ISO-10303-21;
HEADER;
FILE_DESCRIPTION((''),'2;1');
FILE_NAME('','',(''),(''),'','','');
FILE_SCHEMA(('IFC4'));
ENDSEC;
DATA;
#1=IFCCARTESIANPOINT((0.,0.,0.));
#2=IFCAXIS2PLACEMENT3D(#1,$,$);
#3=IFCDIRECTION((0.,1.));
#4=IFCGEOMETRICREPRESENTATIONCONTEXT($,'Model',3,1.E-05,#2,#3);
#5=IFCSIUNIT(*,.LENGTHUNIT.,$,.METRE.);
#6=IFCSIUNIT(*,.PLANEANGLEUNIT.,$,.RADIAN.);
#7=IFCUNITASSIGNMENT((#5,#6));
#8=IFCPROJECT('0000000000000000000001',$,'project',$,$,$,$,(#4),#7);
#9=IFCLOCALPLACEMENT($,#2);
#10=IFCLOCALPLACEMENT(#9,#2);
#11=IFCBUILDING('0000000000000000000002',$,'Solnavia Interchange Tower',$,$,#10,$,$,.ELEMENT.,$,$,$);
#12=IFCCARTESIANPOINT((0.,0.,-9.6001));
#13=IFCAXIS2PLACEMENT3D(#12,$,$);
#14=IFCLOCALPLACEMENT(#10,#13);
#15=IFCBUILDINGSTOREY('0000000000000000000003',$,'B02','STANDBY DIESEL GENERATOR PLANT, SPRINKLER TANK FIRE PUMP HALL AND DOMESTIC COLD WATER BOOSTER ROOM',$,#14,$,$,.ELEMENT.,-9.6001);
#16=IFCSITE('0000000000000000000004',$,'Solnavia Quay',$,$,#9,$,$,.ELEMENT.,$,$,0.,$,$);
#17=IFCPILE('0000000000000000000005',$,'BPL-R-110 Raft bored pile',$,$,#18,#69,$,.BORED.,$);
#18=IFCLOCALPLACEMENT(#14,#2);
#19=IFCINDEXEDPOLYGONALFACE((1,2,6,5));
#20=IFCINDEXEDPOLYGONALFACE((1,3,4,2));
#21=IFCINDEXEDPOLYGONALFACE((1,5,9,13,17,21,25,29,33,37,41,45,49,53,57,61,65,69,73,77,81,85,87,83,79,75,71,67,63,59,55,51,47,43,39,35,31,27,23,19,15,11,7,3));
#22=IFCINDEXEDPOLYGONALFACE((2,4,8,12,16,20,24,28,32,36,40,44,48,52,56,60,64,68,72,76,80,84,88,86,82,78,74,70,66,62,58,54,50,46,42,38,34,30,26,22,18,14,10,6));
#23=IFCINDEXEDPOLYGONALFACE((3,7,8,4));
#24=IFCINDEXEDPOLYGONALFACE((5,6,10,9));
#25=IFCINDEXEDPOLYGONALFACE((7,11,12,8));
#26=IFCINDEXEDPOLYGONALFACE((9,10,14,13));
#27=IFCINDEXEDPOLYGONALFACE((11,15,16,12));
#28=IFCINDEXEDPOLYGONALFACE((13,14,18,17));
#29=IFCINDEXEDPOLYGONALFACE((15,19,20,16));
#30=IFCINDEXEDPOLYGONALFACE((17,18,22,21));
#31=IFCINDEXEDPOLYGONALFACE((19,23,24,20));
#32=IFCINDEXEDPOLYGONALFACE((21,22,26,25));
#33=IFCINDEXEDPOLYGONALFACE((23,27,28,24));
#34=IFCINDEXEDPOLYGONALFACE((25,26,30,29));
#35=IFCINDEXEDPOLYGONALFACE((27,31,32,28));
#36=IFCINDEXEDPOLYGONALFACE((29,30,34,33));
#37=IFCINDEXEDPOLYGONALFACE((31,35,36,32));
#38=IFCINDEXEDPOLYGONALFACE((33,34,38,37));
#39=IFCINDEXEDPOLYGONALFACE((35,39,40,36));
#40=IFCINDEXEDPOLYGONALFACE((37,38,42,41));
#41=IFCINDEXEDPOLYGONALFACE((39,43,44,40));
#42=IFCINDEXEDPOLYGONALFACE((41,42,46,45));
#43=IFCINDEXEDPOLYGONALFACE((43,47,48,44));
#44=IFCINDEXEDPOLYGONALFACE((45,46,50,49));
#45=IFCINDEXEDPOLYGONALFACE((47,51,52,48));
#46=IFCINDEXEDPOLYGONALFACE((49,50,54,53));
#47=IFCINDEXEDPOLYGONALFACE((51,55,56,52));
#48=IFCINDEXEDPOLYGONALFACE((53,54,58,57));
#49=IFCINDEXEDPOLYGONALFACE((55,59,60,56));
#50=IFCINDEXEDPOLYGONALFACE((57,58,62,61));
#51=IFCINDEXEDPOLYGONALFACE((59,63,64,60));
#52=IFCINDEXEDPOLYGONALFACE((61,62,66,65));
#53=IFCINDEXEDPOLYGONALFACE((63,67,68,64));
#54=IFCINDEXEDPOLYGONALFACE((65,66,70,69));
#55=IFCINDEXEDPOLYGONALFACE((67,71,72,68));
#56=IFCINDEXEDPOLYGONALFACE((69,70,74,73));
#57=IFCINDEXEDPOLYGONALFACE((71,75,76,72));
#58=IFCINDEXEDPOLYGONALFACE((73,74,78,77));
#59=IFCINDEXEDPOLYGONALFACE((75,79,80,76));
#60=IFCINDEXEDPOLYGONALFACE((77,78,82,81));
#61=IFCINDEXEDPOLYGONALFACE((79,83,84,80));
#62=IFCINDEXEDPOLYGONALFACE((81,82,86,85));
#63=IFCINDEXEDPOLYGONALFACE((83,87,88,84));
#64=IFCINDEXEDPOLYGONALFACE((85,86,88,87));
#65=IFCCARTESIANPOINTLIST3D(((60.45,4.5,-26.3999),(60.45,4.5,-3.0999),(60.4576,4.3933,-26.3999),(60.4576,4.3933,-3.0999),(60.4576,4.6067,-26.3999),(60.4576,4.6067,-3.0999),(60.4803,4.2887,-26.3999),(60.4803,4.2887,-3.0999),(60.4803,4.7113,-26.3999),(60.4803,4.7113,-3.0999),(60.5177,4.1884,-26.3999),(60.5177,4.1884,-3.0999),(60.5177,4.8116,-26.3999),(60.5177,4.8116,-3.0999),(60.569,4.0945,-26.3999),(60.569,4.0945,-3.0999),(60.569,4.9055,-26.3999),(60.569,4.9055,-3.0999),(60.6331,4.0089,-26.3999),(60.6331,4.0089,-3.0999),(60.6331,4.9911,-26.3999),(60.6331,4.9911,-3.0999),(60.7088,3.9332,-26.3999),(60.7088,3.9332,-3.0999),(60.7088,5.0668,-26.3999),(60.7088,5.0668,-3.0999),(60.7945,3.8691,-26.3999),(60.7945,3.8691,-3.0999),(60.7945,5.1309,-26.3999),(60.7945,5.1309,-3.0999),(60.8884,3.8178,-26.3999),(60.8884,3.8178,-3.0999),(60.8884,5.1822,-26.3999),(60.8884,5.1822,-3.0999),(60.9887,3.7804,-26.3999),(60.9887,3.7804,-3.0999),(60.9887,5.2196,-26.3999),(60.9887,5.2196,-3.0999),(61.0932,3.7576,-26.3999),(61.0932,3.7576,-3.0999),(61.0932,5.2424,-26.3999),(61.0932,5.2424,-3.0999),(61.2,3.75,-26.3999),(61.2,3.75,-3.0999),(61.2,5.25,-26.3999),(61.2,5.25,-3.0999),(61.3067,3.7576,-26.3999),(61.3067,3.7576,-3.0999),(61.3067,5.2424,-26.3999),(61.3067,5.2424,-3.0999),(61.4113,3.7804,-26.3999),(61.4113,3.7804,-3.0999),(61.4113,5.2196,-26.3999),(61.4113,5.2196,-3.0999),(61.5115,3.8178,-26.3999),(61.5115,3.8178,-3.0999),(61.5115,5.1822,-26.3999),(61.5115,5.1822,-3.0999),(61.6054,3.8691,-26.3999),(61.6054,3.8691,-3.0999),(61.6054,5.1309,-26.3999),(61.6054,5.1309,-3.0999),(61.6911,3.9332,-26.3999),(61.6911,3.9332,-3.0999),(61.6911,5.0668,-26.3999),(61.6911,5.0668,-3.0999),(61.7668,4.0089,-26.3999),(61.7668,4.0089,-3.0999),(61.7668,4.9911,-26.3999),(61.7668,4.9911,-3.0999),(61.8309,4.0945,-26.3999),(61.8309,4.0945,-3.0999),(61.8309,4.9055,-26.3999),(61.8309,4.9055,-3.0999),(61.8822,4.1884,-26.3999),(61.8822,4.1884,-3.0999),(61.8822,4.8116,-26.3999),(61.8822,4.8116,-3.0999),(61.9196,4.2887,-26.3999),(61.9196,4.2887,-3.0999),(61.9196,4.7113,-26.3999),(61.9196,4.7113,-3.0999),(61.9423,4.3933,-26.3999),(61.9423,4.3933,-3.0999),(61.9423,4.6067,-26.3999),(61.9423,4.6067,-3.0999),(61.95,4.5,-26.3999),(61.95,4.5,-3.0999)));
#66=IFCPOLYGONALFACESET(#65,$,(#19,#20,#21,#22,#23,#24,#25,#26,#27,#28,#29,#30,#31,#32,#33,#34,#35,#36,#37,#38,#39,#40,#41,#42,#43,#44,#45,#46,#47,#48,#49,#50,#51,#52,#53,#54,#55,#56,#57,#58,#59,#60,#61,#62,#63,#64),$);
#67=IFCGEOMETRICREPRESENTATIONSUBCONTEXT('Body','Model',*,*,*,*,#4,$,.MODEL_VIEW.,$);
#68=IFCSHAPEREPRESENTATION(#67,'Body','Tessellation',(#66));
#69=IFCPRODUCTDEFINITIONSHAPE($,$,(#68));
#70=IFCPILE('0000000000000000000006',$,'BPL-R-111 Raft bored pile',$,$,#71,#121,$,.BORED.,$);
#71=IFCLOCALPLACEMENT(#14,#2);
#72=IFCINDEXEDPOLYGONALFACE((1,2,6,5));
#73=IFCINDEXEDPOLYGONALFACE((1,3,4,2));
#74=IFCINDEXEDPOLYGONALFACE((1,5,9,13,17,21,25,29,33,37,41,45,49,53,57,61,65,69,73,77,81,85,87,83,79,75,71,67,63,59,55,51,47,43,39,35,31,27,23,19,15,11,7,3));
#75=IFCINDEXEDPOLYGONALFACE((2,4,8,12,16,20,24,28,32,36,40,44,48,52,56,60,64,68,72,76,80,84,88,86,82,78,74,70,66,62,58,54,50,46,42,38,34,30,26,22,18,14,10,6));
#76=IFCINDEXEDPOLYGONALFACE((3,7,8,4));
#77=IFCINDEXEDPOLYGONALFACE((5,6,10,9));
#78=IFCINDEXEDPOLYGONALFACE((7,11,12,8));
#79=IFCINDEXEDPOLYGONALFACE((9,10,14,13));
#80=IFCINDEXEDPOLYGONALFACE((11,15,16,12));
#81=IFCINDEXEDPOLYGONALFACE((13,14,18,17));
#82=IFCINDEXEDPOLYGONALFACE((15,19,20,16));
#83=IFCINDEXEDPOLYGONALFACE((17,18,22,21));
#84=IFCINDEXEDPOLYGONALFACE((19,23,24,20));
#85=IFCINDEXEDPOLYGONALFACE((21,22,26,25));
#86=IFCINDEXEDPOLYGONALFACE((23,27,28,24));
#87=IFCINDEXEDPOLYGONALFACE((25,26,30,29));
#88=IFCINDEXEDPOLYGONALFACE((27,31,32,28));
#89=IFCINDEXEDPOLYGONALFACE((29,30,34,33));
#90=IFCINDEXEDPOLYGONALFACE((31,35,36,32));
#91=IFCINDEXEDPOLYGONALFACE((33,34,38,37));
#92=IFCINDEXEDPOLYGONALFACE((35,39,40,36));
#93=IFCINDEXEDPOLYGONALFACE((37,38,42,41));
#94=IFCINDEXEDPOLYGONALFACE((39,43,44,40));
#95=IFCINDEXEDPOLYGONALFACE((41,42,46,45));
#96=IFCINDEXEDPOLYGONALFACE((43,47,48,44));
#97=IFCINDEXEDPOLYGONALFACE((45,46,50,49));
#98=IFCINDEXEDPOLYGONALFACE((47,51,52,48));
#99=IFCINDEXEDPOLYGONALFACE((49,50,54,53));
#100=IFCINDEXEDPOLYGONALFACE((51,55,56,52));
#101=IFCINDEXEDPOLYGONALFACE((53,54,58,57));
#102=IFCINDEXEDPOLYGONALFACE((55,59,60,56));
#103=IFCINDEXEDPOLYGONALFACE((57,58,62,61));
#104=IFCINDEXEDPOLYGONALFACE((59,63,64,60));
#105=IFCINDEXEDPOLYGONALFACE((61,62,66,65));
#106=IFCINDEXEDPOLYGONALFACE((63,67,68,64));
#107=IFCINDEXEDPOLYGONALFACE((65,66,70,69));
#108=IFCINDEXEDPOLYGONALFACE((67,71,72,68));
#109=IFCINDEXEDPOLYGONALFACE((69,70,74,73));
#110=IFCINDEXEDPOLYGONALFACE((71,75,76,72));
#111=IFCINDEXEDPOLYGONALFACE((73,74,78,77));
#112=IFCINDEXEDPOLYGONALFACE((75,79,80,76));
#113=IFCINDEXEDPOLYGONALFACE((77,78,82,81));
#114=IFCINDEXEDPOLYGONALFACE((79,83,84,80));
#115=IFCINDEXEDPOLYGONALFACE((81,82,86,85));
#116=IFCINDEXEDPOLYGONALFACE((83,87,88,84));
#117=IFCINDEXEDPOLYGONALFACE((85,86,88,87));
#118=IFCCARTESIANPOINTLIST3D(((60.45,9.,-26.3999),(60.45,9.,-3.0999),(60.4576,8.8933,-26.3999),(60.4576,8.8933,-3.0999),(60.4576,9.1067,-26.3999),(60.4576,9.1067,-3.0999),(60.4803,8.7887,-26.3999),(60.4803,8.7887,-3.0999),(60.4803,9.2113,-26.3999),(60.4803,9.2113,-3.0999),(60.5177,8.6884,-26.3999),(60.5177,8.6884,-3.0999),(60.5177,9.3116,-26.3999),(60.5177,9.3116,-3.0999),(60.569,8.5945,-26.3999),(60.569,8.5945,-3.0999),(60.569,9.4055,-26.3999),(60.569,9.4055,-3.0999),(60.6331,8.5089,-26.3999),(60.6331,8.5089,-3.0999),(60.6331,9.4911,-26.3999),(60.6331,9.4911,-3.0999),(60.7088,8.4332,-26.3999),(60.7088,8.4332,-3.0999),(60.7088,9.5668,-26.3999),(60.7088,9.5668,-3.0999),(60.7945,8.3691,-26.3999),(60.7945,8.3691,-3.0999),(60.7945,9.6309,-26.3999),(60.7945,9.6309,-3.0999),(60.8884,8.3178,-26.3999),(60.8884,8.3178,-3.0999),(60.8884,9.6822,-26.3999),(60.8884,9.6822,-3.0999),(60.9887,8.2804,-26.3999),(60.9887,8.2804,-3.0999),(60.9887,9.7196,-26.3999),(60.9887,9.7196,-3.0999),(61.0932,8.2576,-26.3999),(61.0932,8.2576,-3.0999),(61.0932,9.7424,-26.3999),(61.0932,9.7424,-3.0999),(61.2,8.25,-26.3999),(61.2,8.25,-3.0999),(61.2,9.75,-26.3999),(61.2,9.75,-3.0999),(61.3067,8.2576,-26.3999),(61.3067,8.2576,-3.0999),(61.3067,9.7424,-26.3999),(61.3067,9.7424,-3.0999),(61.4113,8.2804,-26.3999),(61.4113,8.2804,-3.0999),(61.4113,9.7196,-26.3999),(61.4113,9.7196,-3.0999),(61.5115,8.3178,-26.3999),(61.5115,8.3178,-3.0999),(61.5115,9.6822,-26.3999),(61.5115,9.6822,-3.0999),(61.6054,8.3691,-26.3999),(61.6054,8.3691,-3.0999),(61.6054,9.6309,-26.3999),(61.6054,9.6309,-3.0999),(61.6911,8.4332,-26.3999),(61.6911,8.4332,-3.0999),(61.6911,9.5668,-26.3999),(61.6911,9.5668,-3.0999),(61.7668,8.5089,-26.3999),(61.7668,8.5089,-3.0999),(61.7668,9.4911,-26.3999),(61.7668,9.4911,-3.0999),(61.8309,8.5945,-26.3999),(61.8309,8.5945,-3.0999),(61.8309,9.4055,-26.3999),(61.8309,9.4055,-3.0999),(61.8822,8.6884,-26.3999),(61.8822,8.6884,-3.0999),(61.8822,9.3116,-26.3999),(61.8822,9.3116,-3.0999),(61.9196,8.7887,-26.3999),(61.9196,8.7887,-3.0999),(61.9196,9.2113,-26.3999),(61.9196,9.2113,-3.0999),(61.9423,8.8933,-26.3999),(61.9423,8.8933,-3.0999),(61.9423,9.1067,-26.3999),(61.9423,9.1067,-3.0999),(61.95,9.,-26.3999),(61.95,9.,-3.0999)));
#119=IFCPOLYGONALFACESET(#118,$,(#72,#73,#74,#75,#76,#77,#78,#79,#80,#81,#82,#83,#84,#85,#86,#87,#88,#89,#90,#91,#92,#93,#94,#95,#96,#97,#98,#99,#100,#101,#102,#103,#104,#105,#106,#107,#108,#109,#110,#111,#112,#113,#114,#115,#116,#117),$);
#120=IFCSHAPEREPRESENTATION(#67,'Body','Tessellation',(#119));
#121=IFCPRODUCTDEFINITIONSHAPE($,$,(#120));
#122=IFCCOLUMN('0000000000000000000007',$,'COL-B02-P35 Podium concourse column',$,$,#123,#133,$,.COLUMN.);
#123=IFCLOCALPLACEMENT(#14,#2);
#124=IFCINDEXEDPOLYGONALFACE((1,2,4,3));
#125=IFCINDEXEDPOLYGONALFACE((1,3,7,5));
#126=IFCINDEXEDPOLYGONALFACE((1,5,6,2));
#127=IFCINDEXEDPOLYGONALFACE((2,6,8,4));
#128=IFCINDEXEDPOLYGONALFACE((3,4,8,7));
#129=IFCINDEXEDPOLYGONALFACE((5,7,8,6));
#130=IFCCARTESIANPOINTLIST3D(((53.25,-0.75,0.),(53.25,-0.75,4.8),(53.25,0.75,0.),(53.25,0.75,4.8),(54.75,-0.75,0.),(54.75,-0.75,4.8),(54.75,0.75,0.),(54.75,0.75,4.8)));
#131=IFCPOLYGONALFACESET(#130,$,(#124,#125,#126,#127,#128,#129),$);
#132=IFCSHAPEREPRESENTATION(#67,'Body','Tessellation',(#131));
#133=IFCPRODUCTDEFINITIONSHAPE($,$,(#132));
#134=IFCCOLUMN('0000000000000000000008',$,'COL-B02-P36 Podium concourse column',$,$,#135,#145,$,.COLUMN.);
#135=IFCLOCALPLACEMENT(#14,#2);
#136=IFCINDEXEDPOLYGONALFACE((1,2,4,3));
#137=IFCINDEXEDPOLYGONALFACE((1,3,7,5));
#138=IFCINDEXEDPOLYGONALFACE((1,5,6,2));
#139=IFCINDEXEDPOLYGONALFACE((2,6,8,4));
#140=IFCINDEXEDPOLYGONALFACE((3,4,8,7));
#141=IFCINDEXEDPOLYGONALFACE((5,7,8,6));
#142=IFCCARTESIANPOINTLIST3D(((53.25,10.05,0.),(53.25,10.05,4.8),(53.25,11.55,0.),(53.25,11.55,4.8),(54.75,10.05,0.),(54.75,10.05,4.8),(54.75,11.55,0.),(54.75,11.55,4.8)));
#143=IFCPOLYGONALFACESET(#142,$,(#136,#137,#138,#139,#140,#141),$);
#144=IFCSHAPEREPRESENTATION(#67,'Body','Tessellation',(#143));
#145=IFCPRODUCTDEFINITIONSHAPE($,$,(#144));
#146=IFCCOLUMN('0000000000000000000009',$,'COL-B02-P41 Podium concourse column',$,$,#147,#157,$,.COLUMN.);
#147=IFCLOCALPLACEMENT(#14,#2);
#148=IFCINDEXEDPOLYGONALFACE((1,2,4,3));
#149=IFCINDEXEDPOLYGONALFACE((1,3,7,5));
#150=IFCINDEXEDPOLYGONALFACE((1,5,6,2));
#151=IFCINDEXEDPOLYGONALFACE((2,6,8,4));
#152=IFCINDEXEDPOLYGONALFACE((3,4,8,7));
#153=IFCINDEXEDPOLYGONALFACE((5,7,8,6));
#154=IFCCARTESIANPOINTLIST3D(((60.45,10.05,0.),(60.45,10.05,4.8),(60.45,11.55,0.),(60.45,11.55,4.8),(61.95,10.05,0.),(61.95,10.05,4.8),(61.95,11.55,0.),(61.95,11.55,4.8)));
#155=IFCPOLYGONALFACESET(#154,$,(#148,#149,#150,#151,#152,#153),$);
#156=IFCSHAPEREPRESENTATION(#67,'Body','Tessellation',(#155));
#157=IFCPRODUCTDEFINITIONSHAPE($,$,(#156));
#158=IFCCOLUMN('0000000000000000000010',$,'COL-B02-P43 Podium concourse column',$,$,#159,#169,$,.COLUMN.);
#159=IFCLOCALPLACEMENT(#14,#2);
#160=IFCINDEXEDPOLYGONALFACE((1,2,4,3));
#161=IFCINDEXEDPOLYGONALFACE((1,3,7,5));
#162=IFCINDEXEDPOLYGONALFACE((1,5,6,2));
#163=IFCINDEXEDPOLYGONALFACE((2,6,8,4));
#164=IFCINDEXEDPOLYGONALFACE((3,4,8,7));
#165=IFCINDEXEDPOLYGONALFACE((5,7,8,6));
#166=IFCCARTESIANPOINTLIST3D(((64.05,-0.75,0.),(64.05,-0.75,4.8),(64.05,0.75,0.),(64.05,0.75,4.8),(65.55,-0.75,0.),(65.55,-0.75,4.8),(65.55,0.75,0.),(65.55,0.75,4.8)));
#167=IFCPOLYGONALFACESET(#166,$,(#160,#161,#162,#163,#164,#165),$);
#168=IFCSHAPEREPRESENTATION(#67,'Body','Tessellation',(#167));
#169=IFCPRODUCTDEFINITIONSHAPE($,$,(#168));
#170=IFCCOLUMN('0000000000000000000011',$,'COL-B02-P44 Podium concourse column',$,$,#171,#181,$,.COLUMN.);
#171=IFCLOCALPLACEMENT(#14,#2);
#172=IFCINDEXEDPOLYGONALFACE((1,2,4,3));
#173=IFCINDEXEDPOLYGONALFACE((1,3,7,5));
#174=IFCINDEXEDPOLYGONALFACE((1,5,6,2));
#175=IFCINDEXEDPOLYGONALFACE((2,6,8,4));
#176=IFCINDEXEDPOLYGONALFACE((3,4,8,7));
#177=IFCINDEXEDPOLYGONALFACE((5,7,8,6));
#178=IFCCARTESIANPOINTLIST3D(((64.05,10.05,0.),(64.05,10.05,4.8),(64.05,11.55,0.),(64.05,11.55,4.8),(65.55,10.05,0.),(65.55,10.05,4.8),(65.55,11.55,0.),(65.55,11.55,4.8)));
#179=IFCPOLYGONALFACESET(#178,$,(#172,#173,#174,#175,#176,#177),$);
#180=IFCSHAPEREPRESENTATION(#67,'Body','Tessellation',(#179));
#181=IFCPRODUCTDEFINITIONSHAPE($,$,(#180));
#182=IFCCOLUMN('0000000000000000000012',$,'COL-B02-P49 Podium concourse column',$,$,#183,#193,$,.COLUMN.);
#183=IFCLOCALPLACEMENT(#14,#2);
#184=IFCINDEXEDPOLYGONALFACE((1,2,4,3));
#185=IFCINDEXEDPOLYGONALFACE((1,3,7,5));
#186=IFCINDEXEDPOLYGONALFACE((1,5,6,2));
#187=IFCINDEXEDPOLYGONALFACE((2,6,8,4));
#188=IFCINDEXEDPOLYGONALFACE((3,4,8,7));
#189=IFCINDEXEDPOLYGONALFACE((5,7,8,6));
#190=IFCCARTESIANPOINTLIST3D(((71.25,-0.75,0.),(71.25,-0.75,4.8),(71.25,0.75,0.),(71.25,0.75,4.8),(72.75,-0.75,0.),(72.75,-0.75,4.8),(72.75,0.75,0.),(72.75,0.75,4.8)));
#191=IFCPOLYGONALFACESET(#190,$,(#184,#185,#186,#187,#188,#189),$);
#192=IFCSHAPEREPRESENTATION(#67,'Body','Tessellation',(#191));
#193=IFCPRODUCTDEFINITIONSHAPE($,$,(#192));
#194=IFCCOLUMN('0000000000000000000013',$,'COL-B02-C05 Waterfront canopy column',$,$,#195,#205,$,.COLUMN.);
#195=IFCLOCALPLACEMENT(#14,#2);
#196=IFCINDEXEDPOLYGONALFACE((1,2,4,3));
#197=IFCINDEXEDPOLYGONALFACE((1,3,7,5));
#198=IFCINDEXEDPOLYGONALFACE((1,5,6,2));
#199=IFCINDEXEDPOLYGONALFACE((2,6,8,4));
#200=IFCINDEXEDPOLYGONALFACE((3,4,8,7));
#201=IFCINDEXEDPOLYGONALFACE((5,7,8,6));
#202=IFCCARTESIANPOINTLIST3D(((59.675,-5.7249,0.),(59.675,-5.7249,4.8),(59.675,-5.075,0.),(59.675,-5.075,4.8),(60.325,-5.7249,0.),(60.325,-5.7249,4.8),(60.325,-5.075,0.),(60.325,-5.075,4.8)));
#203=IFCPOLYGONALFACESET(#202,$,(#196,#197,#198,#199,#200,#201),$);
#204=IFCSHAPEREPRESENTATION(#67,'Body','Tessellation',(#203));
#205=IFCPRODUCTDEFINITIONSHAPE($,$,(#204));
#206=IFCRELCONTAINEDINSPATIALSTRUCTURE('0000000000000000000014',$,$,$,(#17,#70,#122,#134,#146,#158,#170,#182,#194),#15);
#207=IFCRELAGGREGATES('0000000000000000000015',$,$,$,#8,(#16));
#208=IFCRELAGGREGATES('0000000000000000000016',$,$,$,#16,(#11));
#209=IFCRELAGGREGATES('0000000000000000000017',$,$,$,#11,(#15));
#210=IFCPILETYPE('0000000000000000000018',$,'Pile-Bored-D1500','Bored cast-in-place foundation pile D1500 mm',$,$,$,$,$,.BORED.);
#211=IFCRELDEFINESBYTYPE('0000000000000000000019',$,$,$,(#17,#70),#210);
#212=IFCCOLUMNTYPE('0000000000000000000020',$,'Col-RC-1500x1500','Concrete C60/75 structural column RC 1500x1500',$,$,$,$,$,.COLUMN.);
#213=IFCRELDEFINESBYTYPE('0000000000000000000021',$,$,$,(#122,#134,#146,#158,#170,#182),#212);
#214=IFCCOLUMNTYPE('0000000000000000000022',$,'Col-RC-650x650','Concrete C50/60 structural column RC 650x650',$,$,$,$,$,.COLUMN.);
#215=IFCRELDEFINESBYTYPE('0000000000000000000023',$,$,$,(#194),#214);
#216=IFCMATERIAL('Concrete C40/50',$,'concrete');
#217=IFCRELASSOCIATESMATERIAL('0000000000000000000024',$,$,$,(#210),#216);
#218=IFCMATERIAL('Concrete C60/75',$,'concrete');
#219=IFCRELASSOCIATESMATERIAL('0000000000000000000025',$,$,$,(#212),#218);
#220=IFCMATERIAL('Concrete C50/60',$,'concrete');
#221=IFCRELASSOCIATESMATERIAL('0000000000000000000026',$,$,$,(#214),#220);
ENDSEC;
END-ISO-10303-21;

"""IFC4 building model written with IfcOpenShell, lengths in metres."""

from ifc_helpers import new_model, si_unit, direction, frame, origin, origin_2d, place, context, subcontext, project, spatial, rectangle, circle, extrude, material, material_profile, profile_set, type_object, element, save


model = new_model("IFC4")

# Units and contexts
model_context = context("Model", 3, precision=1e-05, world=origin(), true_north=direction((0.0, 1.0)))
body_context = subcontext(model_context, "Body", "Model", "MODEL_VIEW")
ifc_project = project(units=[si_unit("LENGTHUNIT", "METRE"), si_unit("PLANEANGLEUNIT", "RADIAN")], contexts=[model_context])

# Site, building, storey
site_placement = place(None, origin())
site = spatial("IfcSite", under=ifc_project, at=site_placement, Name="Solnavia Quay", CompositionType="ELEMENT", RefElevation=0.0)
building_placement = place(site_placement, origin())
building = spatial("IfcBuilding", under=site, at=building_placement, Name="Solnavia Interchange Tower", CompositionType="ELEMENT")
storey_placement = place(building_placement, frame((0.0, 0.0, -9.6001)))
storey = spatial("IfcBuildingStorey", under=building, at=storey_placement, Name="B02", Description="STANDBY DIESEL GENERATOR PLANT, SPRINKLER TANK FIRE PUMP HALL AND DOMESTIC COLD WATER BOOSTER ROOM", CompositionType="ELEMENT", Elevation=-9.6001)

# Shared definitions
ifc_material_1 = material(Name="Concrete C40/50", Category="concrete")

# Piles
ifc_material_profile_1 = material_profile(ifc_material_1, circle(Radius=0.75, at=origin_2d()), Name="PILE D1500")
ifc_profile_set_1 = profile_set([ifc_material_profile_1], Name="Concrete C40/50")
pile_type_1 = type_object("IfcPileType", Name="Pile-Bored-D1500", Description="Bored cast-in-place foundation pile D1500 mm", PredefinedType="BORED", material=ifc_profile_set_1)
for number, where, z_axis, x_axis, name in (
    (1, (61.2, 4.5, -3.0999), (0.0, 0.0, -1.0), (1.0, 0.0, 0.0), "BPL-R-110 Raft bored pile"),
    (2, (61.2, 9.0, -3.0999), (0.0, 0.0, -1.0), (1.0, 0.0, 0.0), "BPL-R-111 Raft bored pile"),
):
    element("IfcPile", number, at=place(storey_placement, frame(where, z_axis=z_axis, x_axis=x_axis)), inside=storey, type_object=pile_type_1, Name=name, PredefinedType="BORED", context=body_context, shape_type="SweptSolid", body=[
        extrude(circle(Radius=0.75, at=origin_2d()), origin(), (0.0, 0.0, 1.0), 23.3),
    ])

# Columns
ifc_material_2 = material(Name="Concrete C60/75", Category="concrete")
ifc_material_profile_2 = material_profile(ifc_material_2, rectangle(XDim=1.5, YDim=1.5, at=origin_2d()), Name="RC 1500x1500")
ifc_profile_set_2 = profile_set([ifc_material_profile_2], Name="Concrete C60/75")
column_type_1 = type_object("IfcColumnType", Name="Col-RC-1500x1500", Description="Concrete C60/75 structural column RC 1500x1500", PredefinedType="COLUMN", material=ifc_profile_set_2)
for number, where, z_axis, x_axis, name in (
    (3, (54.0, 0.0, 0.0), (0.0, 0.0, 1.0), (1.0, 0.0, 0.0), "COL-B02-P35 Podium concourse column"),
    (4, (54.0, 10.8, 0.0), (0.0, 0.0, 1.0), (1.0, 0.0, 0.0), "COL-B02-P36 Podium concourse column"),
    (5, (61.2, 10.8, 0.0), (0.0, 0.0, 1.0), (1.0, 0.0, 0.0), "COL-B02-P41 Podium concourse column"),
    (6, (64.8, 0.0, 0.0), (0.0, 0.0, 1.0), (1.0, 0.0, 0.0), "COL-B02-P43 Podium concourse column"),
    (7, (64.8, 10.8, 0.0), (0.0, 0.0, 1.0), (1.0, 0.0, 0.0), "COL-B02-P44 Podium concourse column"),
    (8, (72.0, 0.0, 0.0), (0.0, 0.0, 1.0), (1.0, 0.0, 0.0), "COL-B02-P49 Podium concourse column"),
):
    element("IfcColumn", number, at=place(storey_placement, frame(where, z_axis=z_axis, x_axis=x_axis)), inside=storey, type_object=column_type_1, Name=name, PredefinedType="COLUMN", context=body_context, shape_type="SweptSolid", body=[
        extrude(rectangle(XDim=1.5, YDim=1.5, at=origin_2d()), origin(), (0.0, 0.0, 1.0), 4.8),
    ])
ifc_material_3 = material(Name="Concrete C50/60", Category="concrete")
ifc_material_profile_3 = material_profile(ifc_material_3, rectangle(XDim=0.6499, YDim=0.6499, at=origin_2d()), Name="RC 650x650")
ifc_profile_set_3 = profile_set([ifc_material_profile_3], Name="Concrete C50/60")
column_type_2 = type_object("IfcColumnType", Name="Col-RC-650x650", Description="Concrete C50/60 structural column RC 650x650", PredefinedType="COLUMN", material=ifc_profile_set_3)
column_placement = place(storey_placement, frame((60.0, -5.3999, 0.0), z_axis=(0.0, 0.0, 1.0), x_axis=(1.0, 0.0, 0.0)))
element("IfcColumn", 9, at=column_placement, inside=storey, type_object=column_type_2, Name="COL-B02-C05 Waterfront canopy column", PredefinedType="COLUMN", context=body_context, shape_type="SweptSolid", body=[
    extrude(rectangle(XDim=0.6499, YDim=0.6499, at=origin_2d()), origin(), (0.0, 0.0, 1.0), 4.8),
])

save(model, "model.ifc")
